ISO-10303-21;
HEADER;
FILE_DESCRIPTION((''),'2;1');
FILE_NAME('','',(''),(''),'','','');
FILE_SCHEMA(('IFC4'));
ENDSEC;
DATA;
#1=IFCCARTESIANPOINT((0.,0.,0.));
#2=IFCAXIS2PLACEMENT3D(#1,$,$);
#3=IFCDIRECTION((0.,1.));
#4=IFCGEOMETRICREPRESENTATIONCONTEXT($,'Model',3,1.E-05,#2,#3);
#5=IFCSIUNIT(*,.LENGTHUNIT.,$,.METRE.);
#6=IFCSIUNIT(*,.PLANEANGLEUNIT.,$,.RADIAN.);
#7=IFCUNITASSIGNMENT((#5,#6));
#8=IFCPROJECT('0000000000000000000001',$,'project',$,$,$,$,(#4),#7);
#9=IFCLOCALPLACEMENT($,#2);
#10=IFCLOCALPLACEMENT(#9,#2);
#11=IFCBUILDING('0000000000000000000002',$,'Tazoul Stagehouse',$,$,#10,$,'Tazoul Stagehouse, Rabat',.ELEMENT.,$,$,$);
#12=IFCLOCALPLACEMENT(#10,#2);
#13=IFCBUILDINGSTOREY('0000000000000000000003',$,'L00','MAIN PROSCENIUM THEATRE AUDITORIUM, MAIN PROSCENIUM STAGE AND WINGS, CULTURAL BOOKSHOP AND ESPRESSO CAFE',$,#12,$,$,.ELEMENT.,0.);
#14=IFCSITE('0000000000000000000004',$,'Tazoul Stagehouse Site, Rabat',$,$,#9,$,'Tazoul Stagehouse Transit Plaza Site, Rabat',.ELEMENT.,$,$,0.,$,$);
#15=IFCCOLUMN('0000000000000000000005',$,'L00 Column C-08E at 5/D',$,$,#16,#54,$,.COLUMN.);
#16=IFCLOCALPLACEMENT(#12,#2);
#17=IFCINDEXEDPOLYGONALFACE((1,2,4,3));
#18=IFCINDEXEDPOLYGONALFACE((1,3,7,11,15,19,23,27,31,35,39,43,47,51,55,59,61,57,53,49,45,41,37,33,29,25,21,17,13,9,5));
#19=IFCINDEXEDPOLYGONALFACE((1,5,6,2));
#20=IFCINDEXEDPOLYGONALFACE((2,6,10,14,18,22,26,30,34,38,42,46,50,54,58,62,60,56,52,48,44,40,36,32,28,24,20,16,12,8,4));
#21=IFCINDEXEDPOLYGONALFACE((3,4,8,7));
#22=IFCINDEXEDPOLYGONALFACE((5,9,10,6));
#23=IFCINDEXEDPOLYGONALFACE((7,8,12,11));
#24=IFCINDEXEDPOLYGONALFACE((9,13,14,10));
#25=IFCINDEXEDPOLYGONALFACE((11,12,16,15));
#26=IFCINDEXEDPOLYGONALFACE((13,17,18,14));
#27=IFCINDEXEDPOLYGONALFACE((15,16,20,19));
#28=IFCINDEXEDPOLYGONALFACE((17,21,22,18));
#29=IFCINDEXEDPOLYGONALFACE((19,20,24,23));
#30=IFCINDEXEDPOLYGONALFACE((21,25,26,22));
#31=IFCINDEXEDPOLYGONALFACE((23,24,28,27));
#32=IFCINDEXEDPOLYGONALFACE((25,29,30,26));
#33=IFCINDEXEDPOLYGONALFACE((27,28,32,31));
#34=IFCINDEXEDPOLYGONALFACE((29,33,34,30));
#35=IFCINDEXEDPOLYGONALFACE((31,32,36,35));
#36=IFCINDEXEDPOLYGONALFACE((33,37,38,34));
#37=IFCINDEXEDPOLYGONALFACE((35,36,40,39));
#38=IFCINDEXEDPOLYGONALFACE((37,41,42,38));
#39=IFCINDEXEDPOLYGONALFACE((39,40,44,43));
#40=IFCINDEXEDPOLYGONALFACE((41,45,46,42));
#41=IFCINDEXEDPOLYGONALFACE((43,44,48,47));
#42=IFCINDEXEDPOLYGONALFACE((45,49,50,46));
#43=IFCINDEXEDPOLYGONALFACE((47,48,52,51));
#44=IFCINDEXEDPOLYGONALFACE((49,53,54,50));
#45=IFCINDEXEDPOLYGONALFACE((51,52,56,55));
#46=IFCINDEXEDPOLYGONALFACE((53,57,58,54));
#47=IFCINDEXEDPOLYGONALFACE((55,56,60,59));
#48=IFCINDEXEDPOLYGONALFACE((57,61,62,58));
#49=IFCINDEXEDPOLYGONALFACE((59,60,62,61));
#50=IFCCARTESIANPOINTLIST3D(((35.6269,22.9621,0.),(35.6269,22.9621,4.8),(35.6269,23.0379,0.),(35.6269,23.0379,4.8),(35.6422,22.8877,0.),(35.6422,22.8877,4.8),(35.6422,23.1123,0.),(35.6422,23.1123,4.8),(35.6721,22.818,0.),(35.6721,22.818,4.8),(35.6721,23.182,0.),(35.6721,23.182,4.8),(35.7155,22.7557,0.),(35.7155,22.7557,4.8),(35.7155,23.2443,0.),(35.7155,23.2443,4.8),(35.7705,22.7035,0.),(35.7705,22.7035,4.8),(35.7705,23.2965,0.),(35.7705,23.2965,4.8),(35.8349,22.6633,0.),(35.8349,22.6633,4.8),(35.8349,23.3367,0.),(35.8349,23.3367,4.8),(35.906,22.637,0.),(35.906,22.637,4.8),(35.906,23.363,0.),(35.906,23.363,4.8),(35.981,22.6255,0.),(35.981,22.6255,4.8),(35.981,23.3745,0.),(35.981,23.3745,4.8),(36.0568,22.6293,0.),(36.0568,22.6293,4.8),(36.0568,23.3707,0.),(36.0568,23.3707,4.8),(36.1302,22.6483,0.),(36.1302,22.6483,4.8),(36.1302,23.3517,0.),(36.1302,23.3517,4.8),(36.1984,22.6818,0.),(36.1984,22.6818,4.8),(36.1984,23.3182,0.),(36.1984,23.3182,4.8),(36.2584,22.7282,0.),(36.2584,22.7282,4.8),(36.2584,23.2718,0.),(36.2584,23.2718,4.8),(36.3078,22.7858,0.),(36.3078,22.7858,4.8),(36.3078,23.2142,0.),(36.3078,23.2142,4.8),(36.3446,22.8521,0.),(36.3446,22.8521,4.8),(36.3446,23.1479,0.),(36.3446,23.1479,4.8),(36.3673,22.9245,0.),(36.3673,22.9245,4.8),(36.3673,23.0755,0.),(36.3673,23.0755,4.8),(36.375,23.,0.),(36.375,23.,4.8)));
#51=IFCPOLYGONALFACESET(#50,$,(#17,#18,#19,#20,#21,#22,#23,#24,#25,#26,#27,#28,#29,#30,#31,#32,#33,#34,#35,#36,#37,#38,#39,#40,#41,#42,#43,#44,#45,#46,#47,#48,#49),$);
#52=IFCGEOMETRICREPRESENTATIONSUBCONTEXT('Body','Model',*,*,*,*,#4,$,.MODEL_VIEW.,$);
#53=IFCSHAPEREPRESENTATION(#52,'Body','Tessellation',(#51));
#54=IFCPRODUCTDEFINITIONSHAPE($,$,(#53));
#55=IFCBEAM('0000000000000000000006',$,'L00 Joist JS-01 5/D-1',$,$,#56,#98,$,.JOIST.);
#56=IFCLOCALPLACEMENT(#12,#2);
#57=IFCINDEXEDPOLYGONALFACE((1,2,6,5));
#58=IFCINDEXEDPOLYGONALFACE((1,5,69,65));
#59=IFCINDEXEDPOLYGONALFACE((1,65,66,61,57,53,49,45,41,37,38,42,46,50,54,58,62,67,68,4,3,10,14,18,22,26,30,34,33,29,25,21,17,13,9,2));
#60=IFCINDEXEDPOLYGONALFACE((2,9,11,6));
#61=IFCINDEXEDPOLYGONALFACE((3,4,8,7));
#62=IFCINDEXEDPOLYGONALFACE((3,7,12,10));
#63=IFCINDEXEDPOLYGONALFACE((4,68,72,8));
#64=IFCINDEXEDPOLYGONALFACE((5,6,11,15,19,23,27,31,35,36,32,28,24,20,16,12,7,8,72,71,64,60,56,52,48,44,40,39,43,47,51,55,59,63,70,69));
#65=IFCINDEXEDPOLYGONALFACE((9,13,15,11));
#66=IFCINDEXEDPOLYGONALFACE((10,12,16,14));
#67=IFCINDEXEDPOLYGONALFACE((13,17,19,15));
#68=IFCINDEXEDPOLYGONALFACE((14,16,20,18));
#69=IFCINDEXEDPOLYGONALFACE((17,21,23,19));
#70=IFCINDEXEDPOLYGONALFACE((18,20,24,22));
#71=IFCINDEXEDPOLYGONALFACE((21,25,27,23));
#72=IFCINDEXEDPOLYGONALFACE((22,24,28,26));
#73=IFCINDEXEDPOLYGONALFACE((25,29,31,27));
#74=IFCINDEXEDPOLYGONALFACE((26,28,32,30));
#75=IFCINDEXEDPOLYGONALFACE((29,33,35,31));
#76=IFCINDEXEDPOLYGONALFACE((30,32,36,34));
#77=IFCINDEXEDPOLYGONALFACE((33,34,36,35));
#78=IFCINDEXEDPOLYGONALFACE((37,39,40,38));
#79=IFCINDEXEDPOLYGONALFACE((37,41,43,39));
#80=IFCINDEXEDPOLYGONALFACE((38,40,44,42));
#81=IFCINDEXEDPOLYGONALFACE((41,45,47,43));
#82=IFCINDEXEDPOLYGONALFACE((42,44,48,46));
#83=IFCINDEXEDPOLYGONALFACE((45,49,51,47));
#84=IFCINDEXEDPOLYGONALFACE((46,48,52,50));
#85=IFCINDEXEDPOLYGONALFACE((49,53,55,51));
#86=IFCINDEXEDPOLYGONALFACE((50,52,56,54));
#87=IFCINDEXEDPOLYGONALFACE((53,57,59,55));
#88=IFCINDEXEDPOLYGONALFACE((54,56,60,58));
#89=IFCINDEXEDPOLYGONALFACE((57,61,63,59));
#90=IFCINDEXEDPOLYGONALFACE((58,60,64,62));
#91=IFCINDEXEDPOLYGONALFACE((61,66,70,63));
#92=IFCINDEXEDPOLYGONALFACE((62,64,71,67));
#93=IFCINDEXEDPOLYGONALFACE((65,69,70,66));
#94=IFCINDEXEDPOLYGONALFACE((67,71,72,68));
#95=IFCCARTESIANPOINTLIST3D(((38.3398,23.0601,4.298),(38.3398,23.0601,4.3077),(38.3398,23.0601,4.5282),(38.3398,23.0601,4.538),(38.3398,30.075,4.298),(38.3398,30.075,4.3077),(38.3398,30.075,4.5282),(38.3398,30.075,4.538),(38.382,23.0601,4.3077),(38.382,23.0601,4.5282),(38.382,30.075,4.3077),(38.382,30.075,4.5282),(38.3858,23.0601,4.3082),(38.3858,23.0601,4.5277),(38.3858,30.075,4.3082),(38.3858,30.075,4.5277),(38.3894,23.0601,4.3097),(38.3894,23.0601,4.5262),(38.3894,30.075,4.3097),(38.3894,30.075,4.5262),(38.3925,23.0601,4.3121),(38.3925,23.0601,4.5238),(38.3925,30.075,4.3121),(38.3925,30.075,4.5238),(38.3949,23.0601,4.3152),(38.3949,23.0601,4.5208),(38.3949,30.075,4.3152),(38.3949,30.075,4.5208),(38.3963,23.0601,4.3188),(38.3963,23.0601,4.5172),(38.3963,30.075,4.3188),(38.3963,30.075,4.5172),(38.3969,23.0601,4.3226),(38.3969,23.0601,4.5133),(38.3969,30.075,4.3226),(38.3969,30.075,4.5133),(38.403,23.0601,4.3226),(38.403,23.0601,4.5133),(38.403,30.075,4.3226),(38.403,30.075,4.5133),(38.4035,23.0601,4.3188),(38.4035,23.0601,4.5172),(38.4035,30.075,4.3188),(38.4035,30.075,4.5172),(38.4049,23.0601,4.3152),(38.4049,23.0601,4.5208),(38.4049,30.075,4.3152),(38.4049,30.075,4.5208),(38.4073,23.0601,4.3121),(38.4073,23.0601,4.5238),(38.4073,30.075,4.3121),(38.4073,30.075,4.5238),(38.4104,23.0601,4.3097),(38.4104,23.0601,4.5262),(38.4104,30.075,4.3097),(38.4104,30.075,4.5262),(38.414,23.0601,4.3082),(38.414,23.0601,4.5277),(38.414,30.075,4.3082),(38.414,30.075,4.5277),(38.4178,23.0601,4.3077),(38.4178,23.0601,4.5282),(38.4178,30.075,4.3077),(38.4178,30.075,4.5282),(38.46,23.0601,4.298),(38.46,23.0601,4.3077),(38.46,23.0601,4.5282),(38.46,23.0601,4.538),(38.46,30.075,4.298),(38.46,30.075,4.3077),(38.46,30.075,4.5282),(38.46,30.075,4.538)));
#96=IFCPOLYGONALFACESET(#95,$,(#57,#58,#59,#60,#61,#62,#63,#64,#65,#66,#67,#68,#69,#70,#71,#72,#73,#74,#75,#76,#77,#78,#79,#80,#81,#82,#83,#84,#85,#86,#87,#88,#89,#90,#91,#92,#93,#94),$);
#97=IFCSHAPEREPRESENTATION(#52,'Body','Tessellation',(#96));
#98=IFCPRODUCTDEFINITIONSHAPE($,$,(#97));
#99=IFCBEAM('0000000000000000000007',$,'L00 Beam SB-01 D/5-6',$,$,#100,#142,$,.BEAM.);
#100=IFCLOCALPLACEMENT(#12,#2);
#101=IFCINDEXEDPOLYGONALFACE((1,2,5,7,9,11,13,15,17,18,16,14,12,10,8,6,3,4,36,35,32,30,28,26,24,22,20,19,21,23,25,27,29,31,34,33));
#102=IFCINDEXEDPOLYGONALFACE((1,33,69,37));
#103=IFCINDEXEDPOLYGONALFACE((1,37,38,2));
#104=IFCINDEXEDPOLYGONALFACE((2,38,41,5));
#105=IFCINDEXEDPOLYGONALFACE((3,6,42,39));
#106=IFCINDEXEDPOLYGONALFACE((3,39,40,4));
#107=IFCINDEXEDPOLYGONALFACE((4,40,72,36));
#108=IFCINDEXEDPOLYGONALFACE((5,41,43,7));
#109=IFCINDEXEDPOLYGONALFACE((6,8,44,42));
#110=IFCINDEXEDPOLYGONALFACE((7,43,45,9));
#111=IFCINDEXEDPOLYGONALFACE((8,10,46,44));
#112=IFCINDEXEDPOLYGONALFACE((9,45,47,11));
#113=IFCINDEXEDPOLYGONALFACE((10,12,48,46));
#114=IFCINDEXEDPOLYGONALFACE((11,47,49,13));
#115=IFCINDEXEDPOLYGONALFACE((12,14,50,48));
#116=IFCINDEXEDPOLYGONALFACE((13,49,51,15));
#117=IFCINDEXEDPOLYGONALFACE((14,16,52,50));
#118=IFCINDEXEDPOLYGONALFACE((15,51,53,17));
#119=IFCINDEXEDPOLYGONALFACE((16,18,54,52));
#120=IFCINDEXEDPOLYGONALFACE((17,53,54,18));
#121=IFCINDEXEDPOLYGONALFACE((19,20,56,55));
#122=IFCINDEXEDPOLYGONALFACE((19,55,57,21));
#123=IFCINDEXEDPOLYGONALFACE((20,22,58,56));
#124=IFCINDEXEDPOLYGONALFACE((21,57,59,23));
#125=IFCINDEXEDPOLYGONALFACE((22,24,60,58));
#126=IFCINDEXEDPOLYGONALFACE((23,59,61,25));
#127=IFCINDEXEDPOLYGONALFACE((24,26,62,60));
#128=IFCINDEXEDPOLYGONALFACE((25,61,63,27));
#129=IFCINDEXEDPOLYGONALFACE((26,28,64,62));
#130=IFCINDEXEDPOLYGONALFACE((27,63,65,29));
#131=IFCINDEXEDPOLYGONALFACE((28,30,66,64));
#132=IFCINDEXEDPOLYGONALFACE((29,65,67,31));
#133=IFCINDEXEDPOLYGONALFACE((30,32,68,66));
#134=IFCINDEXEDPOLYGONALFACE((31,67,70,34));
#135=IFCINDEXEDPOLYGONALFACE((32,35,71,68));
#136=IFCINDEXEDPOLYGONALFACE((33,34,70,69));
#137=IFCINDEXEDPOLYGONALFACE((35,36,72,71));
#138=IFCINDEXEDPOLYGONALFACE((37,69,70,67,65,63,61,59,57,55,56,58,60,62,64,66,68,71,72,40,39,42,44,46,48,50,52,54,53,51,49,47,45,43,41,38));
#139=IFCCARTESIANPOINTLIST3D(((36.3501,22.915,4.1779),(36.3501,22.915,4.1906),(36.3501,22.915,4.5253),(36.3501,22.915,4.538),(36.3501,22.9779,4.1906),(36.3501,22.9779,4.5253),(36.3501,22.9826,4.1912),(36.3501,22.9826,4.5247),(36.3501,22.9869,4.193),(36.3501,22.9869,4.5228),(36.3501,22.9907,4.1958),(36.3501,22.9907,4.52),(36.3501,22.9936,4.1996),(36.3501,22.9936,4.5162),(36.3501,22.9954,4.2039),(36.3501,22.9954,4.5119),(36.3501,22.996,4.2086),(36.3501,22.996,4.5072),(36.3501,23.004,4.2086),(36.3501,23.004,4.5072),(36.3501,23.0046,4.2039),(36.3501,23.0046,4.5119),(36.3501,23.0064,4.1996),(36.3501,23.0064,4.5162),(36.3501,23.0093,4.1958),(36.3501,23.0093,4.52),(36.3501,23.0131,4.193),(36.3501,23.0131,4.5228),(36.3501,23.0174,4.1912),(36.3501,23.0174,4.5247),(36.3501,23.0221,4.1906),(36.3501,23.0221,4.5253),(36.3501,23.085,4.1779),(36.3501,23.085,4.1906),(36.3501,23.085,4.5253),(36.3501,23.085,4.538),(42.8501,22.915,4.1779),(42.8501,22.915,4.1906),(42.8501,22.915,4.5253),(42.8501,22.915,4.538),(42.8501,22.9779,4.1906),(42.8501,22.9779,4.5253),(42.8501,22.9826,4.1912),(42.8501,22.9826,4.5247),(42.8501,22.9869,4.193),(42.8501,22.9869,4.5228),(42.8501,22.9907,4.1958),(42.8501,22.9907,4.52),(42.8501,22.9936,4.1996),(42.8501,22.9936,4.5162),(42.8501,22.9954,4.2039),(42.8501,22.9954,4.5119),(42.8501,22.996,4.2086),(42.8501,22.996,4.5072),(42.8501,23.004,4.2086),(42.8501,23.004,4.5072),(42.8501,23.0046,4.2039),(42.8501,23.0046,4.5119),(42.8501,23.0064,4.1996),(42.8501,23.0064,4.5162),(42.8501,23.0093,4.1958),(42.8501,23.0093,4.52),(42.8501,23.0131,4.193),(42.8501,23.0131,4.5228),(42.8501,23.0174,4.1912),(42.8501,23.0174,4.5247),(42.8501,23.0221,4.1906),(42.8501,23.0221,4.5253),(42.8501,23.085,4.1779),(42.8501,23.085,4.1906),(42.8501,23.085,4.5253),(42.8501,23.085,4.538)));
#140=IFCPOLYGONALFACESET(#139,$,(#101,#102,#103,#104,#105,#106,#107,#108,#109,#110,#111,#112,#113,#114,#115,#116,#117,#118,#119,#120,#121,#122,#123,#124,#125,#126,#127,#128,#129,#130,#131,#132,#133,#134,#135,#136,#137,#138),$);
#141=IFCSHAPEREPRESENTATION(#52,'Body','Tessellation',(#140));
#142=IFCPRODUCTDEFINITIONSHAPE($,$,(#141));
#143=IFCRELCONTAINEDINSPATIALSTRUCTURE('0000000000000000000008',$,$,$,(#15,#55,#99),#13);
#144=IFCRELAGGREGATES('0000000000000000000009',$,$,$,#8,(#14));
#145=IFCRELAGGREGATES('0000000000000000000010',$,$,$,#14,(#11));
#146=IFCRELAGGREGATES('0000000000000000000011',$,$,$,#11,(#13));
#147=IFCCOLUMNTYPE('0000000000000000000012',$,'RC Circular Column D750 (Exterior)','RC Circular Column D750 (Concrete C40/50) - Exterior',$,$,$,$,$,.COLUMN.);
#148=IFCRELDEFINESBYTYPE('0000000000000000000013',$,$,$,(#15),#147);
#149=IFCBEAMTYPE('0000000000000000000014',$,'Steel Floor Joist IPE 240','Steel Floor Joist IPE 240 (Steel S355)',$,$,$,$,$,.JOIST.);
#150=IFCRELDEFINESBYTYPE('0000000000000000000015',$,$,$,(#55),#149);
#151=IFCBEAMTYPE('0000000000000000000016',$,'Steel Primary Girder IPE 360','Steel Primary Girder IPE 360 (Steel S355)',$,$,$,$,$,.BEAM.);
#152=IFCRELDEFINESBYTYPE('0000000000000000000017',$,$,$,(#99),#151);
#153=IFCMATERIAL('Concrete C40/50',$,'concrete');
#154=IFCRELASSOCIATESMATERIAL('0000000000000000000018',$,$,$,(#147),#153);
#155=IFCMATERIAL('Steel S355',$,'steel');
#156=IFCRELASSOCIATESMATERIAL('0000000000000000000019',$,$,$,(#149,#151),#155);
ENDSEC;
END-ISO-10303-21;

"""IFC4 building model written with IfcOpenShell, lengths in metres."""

from ifc_helpers import new_model, si_unit, direction, frame, origin, origin_2d, place, context, subcontext, project, spatial, circle, i_section, extrude, material, material_profile, profile_set, type_object, element, save


model = new_model("IFC4")

# Units and contexts
model_context = context("Model", 3, precision=1e-05, world=origin(), true_north=direction((0.0, 1.0)))
body_context = subcontext(model_context, "Body", "Model", "MODEL_VIEW")
ifc_project = project(units=[si_unit("LENGTHUNIT", "METRE"), si_unit("PLANEANGLEUNIT", "RADIAN")], contexts=[model_context])

# Site, building, storey
site_placement = place(None, origin())
site = spatial("IfcSite", under=ifc_project, at=site_placement, Name="Tazoul Stagehouse Site, Rabat", LongName="Tazoul Stagehouse Transit Plaza Site, Rabat", CompositionType="ELEMENT", RefElevation=0.0)
building_placement = place(site_placement, origin())
building = spatial("IfcBuilding", under=site, at=building_placement, Name="Tazoul Stagehouse", LongName="Tazoul Stagehouse, Rabat", CompositionType="ELEMENT")
storey_placement = place(building_placement, origin())
storey = spatial("IfcBuildingStorey", under=building, at=storey_placement, Name="L00", Description="MAIN PROSCENIUM THEATRE AUDITORIUM, MAIN PROSCENIUM STAGE AND WINGS, CULTURAL BOOKSHOP AND ESPRESSO CAFE", CompositionType="ELEMENT", Elevation=0.0)

# Column
ifc_material_1 = material(Name="Concrete C40/50", Category="concrete")
ifc_material_profile_1 = material_profile(ifc_material_1, circle(Radius=0.375, at=origin_2d()), Name="RC D750")
ifc_profile_set_1 = profile_set([ifc_material_profile_1], Name="Concrete C40/50")
column_type = type_object("IfcColumnType", Name="RC Circular Column D750 (Exterior)", Description="RC Circular Column D750 (Concrete C40/50) - Exterior", PredefinedType="COLUMN", material=ifc_profile_set_1)
column_placement = place(storey_placement, frame((36.0, 23.0, 0.0), z_axis=(0.0, 0.0, 1.0), x_axis=(1.0, 0.0, 0.0)))
element("IfcColumn", 1, at=column_placement, inside=storey, type_object=column_type, Name="L00 Column C-08E at 5/D", PredefinedType="COLUMN", context=body_context, shape_type="SweptSolid", body=[
    extrude(circle(Radius=0.375, at=origin_2d()), origin(), (0.0, 0.0, 1.0), 4.8),
])

# Beams
ifc_material_2 = material(Name="Steel S355", Category="steel")
ifc_material_profile_2 = material_profile(ifc_material_2, i_section(OverallWidth=0.1201, OverallDepth=0.24, WebThickness=0.0061, FlangeThickness=0.0098, FilletRadius=0.0149, at=origin_2d()), Name="IPE 240")
ifc_profile_set_2 = profile_set([ifc_material_profile_2], Name="Steel S355")
beam_type_1 = type_object("IfcBeamType", Name="Steel Floor Joist IPE 240", Description="Steel Floor Joist IPE 240 (Steel S355)", PredefinedType="JOIST", material=ifc_profile_set_2)
beam_1_placement = place(storey_placement, frame((38.3999, 23.0601, 4.418), z_axis=(0.0, 1.0, 0.0), x_axis=(-1.0, 0.0, 0.0)))
element("IfcBeam", 2, at=beam_1_placement, inside=storey, type_object=beam_type_1, Name="L00 Joist JS-01 5/D-1", PredefinedType="JOIST", context=body_context, shape_type="SweptSolid", body=[
    extrude(i_section(OverallWidth=0.1201, OverallDepth=0.24, WebThickness=0.0061, FlangeThickness=0.0098, FilletRadius=0.0149, at=origin_2d()), origin(), (0.0, 0.0, 1.0), 7.0149),
])
ifc_material_profile_3 = material_profile(ifc_material_2, i_section(OverallWidth=0.1699, OverallDepth=0.3601, WebThickness=0.0081, FlangeThickness=0.0127, FilletRadius=0.0181, at=origin_2d()), Name="IPE 360")
ifc_profile_set_3 = profile_set([ifc_material_profile_3], Name="Steel S355")
beam_type_2 = type_object("IfcBeamType", Name="Steel Primary Girder IPE 360", Description="Steel Primary Girder IPE 360 (Steel S355)", PredefinedType="BEAM", material=ifc_profile_set_3)
beam_2_placement = place(storey_placement, frame((36.3501, 23.0, 4.3579), z_axis=(1.0, 0.0, 0.0), x_axis=(0.0, 1.0, 0.0)))
element("IfcBeam", 3, at=beam_2_placement, inside=storey, type_object=beam_type_2, Name="L00 Beam SB-01 D/5-6", PredefinedType="BEAM", context=body_context, shape_type="SweptSolid", body=[
    extrude(i_section(OverallWidth=0.1699, OverallDepth=0.3601, WebThickness=0.0081, FlangeThickness=0.0127, FilletRadius=0.0181, at=origin_2d()), origin(), (0.0, 0.0, 1.0), 6.5),
])

save(model, "model.ifc")
